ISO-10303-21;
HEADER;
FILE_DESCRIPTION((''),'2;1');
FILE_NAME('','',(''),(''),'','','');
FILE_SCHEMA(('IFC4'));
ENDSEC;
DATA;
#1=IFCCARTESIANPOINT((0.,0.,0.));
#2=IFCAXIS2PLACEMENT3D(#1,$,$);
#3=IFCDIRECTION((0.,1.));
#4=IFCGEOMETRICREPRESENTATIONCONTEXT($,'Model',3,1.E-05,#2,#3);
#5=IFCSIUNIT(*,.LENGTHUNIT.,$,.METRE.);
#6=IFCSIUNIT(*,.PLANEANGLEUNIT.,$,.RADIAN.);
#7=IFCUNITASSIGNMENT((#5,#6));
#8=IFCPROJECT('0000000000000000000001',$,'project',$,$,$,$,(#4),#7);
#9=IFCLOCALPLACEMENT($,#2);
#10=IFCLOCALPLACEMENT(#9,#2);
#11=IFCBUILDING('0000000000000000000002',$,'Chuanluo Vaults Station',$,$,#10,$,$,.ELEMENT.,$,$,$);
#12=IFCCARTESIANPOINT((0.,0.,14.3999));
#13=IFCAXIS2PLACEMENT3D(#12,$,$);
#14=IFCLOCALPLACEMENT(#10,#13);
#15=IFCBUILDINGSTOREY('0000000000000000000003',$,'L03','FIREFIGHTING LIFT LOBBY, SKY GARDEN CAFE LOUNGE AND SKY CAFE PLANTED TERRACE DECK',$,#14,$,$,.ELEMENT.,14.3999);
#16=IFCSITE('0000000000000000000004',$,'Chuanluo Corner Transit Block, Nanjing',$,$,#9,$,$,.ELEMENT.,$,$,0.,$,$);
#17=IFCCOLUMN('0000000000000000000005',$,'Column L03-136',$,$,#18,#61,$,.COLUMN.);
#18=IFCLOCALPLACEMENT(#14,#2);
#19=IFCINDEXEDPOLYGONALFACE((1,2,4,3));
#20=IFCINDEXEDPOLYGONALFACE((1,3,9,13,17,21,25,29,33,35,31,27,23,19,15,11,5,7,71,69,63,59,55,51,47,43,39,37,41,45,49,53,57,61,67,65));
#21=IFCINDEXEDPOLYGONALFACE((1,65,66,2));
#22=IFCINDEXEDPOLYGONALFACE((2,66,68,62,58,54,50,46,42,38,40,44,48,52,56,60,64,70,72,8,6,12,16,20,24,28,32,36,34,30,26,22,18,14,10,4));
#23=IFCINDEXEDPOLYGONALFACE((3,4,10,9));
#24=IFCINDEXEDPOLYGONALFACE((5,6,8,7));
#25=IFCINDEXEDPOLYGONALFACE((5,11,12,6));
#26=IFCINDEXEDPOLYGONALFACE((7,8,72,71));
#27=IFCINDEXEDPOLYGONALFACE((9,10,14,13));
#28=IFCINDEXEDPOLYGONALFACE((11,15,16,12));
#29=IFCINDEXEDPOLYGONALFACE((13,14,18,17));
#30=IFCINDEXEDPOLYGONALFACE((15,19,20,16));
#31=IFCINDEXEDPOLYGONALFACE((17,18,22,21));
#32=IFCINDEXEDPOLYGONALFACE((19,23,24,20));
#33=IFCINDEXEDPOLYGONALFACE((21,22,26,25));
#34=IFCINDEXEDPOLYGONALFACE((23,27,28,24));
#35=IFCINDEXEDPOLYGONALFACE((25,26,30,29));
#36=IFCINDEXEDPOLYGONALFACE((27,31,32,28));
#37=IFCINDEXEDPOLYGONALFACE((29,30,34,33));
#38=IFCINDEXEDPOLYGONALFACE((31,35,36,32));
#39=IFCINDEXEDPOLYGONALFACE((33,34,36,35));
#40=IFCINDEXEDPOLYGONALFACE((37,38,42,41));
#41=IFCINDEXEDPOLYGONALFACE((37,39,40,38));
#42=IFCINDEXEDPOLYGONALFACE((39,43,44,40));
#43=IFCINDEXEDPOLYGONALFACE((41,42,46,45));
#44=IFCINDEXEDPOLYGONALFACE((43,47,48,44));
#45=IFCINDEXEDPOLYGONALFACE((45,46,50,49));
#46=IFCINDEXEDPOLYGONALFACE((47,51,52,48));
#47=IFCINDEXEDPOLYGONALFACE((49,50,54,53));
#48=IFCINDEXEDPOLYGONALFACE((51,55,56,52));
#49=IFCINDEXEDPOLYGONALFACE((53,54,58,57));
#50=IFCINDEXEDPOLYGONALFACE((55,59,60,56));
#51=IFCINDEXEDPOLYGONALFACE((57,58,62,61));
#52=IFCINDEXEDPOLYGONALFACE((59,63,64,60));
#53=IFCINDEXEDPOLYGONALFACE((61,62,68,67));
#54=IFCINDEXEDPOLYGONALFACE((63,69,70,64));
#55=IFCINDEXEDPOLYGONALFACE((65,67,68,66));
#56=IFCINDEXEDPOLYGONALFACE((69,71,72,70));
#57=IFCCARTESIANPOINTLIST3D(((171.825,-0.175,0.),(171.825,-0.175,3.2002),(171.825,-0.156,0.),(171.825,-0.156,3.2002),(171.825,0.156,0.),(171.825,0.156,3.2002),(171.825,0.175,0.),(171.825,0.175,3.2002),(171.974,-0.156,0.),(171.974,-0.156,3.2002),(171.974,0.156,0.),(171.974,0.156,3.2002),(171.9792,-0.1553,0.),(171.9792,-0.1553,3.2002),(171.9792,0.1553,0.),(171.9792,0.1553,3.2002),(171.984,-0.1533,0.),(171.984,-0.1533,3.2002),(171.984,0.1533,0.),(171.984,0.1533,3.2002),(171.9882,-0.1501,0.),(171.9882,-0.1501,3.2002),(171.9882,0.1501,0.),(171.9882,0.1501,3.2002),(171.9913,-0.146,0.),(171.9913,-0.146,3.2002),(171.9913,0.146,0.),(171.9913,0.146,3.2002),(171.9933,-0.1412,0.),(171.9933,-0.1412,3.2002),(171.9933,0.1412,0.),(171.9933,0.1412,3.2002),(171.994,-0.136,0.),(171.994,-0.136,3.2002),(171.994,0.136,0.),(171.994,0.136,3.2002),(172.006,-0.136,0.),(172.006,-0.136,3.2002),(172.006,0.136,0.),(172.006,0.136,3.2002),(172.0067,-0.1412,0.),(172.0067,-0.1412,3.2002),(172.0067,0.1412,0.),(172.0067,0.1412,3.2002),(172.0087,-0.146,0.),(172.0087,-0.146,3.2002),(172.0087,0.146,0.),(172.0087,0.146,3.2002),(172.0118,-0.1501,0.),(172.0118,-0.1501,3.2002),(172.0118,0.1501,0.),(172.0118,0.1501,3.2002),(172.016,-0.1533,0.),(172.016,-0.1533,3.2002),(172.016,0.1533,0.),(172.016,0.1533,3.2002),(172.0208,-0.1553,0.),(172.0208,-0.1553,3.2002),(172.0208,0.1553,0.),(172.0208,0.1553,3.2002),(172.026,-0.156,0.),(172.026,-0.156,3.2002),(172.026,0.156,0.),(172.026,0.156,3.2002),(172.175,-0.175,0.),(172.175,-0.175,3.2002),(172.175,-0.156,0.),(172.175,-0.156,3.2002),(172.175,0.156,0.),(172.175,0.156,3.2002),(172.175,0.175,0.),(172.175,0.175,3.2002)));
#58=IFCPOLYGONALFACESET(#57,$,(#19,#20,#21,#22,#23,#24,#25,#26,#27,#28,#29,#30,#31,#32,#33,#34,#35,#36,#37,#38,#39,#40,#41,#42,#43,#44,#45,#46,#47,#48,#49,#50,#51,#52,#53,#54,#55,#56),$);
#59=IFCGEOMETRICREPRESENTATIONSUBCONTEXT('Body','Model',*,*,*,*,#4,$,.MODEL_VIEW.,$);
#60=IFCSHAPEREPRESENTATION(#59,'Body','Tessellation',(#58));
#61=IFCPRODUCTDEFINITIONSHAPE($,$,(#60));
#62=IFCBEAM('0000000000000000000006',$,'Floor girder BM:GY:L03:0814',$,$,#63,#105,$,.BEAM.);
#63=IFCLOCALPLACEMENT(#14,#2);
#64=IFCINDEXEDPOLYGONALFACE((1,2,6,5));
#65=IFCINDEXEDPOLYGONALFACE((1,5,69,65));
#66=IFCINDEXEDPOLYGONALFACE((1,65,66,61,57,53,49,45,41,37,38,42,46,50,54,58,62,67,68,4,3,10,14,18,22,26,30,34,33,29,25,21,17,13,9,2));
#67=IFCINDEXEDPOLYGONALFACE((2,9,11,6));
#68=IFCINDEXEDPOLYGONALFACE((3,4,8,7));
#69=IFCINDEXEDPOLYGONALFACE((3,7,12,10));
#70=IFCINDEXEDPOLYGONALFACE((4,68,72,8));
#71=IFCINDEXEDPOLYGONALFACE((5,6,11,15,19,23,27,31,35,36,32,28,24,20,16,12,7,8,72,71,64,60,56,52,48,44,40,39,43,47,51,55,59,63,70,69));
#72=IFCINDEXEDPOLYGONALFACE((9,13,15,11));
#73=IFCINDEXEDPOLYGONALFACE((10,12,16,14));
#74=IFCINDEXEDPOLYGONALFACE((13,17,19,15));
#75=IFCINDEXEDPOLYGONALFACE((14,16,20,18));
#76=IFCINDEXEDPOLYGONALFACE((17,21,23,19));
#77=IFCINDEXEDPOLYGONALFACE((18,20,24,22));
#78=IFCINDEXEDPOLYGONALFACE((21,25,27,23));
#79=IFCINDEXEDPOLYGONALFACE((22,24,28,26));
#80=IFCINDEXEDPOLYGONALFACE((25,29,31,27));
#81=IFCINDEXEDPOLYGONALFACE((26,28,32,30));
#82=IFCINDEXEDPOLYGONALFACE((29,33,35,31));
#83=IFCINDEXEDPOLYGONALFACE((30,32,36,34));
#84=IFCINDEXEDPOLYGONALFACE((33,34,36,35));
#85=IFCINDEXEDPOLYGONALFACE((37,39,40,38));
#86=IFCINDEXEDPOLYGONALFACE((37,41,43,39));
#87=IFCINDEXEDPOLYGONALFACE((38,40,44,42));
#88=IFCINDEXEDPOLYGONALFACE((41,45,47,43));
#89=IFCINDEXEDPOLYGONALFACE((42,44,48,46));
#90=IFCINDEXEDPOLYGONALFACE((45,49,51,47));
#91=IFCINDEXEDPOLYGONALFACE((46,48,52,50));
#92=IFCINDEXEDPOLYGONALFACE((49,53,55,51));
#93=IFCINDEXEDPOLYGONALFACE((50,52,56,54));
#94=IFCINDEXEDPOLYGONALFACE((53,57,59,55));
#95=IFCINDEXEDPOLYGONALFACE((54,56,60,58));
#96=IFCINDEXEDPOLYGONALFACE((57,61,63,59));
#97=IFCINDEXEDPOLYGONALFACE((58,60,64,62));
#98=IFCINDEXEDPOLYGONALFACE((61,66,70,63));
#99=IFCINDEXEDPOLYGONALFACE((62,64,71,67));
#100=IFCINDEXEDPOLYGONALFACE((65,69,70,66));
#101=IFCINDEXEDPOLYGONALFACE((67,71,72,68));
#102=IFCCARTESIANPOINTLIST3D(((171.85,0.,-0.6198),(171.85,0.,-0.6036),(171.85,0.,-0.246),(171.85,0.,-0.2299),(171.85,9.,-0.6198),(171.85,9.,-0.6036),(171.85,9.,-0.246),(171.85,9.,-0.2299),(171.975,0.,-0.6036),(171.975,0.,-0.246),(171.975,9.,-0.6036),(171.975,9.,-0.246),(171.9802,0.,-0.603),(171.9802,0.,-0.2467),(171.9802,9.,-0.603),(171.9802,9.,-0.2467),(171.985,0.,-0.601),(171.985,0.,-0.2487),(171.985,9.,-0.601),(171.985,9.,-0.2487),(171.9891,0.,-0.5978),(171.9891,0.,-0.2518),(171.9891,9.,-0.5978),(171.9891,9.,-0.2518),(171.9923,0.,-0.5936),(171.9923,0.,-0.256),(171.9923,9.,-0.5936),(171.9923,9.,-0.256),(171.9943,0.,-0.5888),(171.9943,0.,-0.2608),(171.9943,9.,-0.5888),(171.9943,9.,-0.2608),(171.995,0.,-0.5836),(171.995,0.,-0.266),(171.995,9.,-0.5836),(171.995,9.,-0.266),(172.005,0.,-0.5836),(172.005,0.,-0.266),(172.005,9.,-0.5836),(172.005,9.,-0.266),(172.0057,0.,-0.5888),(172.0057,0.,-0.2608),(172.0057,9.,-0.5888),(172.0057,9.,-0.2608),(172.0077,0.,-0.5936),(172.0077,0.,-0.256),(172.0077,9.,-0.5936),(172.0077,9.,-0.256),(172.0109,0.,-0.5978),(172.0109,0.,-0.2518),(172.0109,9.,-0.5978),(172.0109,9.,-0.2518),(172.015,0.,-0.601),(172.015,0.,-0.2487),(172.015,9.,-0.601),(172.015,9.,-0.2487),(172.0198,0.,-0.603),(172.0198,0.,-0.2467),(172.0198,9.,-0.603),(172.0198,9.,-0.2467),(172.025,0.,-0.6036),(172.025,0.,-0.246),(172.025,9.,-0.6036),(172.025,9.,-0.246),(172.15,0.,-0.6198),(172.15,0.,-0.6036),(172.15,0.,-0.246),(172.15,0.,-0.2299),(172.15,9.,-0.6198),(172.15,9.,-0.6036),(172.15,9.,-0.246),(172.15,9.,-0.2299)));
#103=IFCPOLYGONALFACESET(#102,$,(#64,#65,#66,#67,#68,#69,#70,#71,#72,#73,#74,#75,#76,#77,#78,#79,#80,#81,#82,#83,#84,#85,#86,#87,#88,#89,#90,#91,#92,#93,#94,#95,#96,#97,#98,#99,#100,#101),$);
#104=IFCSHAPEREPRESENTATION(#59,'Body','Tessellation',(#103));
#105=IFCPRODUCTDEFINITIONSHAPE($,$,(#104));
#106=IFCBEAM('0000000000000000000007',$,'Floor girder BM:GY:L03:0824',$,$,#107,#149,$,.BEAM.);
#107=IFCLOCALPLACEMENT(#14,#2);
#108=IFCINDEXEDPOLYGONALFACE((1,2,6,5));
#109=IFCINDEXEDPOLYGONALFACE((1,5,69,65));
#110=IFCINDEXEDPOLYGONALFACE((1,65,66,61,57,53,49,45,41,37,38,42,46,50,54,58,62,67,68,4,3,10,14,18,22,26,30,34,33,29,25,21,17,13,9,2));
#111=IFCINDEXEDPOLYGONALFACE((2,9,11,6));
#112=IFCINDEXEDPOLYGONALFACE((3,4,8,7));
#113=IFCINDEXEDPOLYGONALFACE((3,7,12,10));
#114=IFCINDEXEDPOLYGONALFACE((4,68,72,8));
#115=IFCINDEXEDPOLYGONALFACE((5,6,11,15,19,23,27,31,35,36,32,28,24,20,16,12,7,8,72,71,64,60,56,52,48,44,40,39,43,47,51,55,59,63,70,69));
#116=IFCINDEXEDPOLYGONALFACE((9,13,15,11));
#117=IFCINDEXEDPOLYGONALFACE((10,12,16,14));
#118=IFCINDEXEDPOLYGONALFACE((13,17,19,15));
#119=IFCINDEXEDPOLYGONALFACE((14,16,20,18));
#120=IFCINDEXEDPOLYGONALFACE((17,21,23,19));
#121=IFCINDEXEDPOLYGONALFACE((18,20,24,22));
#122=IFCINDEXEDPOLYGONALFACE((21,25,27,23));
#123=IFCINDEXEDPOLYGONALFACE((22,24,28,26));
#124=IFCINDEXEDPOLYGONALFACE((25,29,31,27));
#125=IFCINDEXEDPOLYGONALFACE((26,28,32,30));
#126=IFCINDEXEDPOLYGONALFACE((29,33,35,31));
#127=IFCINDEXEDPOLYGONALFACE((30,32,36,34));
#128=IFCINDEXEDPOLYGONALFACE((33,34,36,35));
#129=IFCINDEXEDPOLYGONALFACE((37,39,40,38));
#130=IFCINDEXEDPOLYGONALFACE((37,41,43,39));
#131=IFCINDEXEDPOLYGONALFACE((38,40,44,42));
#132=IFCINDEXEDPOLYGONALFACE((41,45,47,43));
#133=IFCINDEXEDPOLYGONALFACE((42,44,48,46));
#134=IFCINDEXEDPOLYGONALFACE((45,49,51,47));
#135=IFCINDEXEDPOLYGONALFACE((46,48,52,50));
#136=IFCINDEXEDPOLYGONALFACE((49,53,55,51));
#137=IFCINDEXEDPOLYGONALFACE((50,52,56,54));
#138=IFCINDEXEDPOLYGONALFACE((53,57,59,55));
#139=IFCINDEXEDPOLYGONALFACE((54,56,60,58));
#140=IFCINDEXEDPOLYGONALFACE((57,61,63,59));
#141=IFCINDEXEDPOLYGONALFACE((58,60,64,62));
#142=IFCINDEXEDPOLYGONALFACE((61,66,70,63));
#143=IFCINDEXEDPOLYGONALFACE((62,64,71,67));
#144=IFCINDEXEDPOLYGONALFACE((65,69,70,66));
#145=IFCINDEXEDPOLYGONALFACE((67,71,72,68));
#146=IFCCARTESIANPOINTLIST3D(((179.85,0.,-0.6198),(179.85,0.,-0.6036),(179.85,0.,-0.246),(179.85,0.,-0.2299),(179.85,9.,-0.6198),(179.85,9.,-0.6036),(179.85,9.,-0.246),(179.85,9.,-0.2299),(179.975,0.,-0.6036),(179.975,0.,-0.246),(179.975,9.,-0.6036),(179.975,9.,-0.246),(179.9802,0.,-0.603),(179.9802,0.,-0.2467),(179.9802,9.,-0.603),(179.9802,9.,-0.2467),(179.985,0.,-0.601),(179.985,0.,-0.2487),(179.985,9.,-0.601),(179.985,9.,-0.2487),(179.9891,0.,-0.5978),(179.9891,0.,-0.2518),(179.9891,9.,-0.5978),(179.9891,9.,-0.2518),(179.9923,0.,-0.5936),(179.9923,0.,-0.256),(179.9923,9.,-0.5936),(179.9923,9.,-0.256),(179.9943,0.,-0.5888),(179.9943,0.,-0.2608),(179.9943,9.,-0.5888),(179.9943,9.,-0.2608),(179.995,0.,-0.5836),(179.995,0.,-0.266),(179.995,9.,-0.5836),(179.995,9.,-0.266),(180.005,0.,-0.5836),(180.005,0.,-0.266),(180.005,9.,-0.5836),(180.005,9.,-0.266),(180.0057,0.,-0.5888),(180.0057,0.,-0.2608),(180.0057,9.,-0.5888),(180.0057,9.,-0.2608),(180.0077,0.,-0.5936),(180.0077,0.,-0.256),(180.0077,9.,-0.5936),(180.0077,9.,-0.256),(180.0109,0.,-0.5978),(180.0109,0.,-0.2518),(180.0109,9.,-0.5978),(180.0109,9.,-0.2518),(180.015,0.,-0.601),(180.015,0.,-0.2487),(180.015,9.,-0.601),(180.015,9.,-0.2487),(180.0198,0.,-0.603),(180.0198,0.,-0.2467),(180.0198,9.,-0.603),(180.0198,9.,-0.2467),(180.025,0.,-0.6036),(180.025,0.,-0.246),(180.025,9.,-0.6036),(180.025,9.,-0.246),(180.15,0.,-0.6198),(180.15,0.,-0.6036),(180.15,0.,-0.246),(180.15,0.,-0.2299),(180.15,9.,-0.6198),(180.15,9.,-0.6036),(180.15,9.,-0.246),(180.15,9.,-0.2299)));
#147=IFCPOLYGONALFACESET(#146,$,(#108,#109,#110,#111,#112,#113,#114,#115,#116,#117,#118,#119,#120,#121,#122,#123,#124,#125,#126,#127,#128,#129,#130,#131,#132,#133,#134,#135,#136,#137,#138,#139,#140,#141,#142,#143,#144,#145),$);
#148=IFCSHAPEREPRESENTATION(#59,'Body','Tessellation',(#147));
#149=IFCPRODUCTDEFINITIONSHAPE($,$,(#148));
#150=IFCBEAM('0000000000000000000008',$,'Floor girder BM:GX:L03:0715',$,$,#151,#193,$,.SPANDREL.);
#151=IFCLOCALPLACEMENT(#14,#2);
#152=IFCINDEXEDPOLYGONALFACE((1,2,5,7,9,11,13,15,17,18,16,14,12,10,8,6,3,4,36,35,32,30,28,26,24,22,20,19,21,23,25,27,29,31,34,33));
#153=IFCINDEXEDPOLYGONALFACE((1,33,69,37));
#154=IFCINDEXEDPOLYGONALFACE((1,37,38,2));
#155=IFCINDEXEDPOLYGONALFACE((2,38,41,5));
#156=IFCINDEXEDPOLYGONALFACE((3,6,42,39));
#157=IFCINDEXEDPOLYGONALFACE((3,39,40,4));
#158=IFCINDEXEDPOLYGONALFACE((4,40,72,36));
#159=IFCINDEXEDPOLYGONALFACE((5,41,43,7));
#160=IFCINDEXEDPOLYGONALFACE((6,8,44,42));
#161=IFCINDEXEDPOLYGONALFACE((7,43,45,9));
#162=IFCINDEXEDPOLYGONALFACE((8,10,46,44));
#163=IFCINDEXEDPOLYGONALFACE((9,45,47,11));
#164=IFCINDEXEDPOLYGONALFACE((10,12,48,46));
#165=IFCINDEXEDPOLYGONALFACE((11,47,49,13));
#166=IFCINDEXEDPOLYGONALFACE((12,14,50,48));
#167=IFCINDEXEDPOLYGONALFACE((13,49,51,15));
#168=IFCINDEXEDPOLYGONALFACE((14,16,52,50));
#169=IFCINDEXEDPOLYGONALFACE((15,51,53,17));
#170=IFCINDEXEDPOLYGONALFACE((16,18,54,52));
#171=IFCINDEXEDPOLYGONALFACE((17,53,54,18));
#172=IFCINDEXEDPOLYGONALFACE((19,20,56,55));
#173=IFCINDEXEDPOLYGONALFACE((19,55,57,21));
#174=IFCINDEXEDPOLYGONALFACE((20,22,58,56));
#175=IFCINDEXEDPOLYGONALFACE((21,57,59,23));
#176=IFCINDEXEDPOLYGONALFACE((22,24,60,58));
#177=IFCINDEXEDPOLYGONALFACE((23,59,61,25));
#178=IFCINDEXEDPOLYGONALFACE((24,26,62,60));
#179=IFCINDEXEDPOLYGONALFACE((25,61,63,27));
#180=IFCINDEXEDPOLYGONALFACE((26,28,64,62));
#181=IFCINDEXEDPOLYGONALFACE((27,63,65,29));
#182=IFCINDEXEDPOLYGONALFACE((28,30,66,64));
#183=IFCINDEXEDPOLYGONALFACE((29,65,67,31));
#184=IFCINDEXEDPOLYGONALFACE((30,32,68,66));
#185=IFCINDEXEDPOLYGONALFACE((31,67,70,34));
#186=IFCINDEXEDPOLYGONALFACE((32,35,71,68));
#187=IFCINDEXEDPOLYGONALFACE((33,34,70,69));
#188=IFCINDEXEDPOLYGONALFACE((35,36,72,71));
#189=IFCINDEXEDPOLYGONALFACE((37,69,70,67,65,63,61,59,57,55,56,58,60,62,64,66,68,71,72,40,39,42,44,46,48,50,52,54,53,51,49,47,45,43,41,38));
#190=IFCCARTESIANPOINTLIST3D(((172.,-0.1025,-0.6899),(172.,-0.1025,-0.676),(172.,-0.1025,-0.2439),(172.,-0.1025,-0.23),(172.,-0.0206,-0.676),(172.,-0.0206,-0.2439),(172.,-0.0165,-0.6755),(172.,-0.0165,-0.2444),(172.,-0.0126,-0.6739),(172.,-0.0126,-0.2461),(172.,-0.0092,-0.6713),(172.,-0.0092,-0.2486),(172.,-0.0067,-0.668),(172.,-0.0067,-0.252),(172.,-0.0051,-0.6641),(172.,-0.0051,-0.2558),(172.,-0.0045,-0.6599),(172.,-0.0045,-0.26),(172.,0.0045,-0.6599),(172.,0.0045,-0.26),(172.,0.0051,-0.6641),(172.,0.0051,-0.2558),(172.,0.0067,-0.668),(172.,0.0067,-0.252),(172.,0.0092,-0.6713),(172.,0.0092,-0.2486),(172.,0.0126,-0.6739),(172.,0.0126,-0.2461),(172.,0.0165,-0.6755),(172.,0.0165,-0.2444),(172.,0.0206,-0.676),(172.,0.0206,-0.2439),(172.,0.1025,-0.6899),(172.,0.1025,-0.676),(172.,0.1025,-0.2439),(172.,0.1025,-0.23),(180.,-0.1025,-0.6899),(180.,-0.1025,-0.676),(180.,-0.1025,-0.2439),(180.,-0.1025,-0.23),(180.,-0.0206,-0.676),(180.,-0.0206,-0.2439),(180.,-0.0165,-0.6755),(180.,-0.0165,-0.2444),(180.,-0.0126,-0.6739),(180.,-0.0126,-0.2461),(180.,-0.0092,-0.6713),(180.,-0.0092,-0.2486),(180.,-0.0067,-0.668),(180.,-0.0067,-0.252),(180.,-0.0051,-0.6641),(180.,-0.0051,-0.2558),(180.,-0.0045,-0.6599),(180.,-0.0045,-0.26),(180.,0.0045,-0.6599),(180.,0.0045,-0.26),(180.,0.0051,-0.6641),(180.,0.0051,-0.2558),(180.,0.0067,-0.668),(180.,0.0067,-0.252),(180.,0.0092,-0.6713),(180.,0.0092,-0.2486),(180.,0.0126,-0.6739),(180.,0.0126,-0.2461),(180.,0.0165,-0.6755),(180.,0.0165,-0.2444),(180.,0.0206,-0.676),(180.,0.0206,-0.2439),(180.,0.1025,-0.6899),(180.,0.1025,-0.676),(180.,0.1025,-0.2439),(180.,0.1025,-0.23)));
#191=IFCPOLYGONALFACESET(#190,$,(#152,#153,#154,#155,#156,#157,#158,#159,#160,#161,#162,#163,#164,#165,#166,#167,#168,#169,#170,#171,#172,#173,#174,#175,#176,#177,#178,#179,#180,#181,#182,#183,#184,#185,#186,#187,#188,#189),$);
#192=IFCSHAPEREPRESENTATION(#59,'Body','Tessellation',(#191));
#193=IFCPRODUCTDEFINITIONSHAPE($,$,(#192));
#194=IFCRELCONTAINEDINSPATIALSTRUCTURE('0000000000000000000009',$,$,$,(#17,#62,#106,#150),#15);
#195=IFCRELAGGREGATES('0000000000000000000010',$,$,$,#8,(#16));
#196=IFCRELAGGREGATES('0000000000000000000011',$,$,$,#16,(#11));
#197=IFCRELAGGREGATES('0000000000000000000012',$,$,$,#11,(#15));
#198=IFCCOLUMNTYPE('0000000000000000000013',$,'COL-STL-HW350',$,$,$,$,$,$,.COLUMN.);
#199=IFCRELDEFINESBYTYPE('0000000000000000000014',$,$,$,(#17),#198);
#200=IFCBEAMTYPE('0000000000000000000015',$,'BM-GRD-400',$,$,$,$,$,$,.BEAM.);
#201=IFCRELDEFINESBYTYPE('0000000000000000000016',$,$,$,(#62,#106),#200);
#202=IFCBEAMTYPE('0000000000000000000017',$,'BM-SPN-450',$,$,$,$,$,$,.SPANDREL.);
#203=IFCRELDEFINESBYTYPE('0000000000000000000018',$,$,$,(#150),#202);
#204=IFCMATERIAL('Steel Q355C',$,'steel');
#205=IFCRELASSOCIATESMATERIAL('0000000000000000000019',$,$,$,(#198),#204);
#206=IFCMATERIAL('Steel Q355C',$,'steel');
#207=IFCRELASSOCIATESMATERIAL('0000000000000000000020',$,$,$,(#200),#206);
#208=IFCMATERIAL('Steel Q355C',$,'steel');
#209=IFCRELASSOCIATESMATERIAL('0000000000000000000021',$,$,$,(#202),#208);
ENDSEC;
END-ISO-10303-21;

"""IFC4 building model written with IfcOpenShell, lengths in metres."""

from ifc_helpers import new_model, si_unit, direction, frame, origin, origin_2d, place, context, subcontext, project, spatial, i_section, extrude, material, material_profile, profile_set, type_object, element, save


model = new_model("IFC4")

# Units and contexts
model_context = context("Model", 3, precision=1e-05, world=origin(), true_north=direction((0.0, 1.0)))
body_context = subcontext(model_context, "Body", "Model", "MODEL_VIEW")
ifc_project = project(units=[si_unit("LENGTHUNIT", "METRE"), si_unit("PLANEANGLEUNIT", "RADIAN")], contexts=[model_context])

# Site, building, storey
site_placement = place(None, origin())
site = spatial("IfcSite", under=ifc_project, at=site_placement, Name="Chuanluo Corner Transit Block, Nanjing", CompositionType="ELEMENT", RefElevation=0.0)
building_placement = place(site_placement, origin())
building = spatial("IfcBuilding", under=site, at=building_placement, Name="Chuanluo Vaults Station", CompositionType="ELEMENT")
storey_placement = place(building_placement, frame((0.0, 0.0, 14.3999)))
storey = spatial("IfcBuildingStorey", under=building, at=storey_placement, Name="L03", Description="FIREFIGHTING LIFT LOBBY, SKY GARDEN CAFE LOUNGE AND SKY CAFE PLANTED TERRACE DECK", CompositionType="ELEMENT", Elevation=14.3999)

# Column
ifc_material_1 = material(Name="Steel Q355C", Category="steel")
ifc_material_profile_1 = material_profile(ifc_material_1, i_section(OverallWidth=0.3501, OverallDepth=0.3501, WebThickness=0.012, FlangeThickness=0.019, FilletRadius=0.02, at=origin_2d()))
ifc_profile_set_1 = profile_set([ifc_material_profile_1], Name="Steel Q355C")
column_type = type_object("IfcColumnType", Name="COL-STL-HW350", PredefinedType="COLUMN", material=ifc_profile_set_1)
column_placement = place(storey_placement, frame((172.0, 0.0, 0.0), z_axis=(0.0, 0.0, 1.0), x_axis=(1.0, 0.0, 0.0)))
element("IfcColumn", 1, at=column_placement, inside=storey, type_object=column_type, Name="Column L03-136", PredefinedType="COLUMN", context=body_context, shape_type="SweptSolid", body=[
    extrude(i_section(OverallWidth=0.3501, OverallDepth=0.3501, WebThickness=0.012, FlangeThickness=0.019, FilletRadius=0.02, at=origin_2d()), origin(), (0.0, 0.0, 1.0), 3.2002),
])

# Beams
ifc_material_2 = material(Name="Steel Q355C", Category="steel")
ifc_material_profile_2 = material_profile(ifc_material_2, i_section(OverallWidth=0.3, OverallDepth=0.3899, WebThickness=0.01, FlangeThickness=0.0161, FilletRadius=0.02, at=origin_2d()))
ifc_profile_set_2 = profile_set([ifc_material_profile_2], Name="Steel Q355C")
beam_type_1 = type_object("IfcBeamType", Name="BM-GRD-400", PredefinedType="BEAM", material=ifc_profile_set_2)
for number, where, z_axis, x_axis, name in (
    (2, (172.0, 0.0, -0.4248), (0.0, 1.0, 0.0), (-1.0, 0.0, 0.0), "Floor girder BM:GY:L03:0814"),
    (3, (180.0, 0.0, -0.4248), (0.0, 1.0, 0.0), (-1.0, 0.0, 0.0), "Floor girder BM:GY:L03:0824"),
):
    element("IfcBeam", number, at=place(storey_placement, frame(where, z_axis=z_axis, x_axis=x_axis)), inside=storey, type_object=beam_type_1, Name=name, PredefinedType="BEAM", context=body_context, shape_type="SweptSolid", body=[
        extrude(i_section(OverallWidth=0.3, OverallDepth=0.3899, WebThickness=0.01, FlangeThickness=0.0161, FilletRadius=0.02, at=origin_2d()), origin(), (0.0, 0.0, 1.0), 9.0),
    ])
ifc_material_3 = material(Name="Steel Q355C", Category="steel")
ifc_material_profile_3 = material_profile(ifc_material_3, i_section(OverallWidth=0.2051, OverallDepth=0.46, WebThickness=0.009, FlangeThickness=0.0139, FilletRadius=0.0161, at=origin_2d()))
ifc_profile_set_3 = profile_set([ifc_material_profile_3], Name="Steel Q355C")
beam_type_2 = type_object("IfcBeamType", Name="BM-SPN-450", PredefinedType="SPANDREL", material=ifc_profile_set_3)
beam_placement = place(storey_placement, frame((172.0, 0.0, -0.46), z_axis=(1.0, 0.0, 0.0), x_axis=(0.0, 1.0, 0.0)))
element("IfcBeam", 4, at=beam_placement, inside=storey, type_object=beam_type_2, Name="Floor girder BM:GX:L03:0715", PredefinedType="SPANDREL", context=body_context, shape_type="SweptSolid", body=[
    extrude(i_section(OverallWidth=0.2051, OverallDepth=0.46, WebThickness=0.009, FlangeThickness=0.0139, FilletRadius=0.0161, at=origin_2d()), origin(), (0.0, 0.0, 1.0), 8.0),
])

save(model, "model.ifc")
